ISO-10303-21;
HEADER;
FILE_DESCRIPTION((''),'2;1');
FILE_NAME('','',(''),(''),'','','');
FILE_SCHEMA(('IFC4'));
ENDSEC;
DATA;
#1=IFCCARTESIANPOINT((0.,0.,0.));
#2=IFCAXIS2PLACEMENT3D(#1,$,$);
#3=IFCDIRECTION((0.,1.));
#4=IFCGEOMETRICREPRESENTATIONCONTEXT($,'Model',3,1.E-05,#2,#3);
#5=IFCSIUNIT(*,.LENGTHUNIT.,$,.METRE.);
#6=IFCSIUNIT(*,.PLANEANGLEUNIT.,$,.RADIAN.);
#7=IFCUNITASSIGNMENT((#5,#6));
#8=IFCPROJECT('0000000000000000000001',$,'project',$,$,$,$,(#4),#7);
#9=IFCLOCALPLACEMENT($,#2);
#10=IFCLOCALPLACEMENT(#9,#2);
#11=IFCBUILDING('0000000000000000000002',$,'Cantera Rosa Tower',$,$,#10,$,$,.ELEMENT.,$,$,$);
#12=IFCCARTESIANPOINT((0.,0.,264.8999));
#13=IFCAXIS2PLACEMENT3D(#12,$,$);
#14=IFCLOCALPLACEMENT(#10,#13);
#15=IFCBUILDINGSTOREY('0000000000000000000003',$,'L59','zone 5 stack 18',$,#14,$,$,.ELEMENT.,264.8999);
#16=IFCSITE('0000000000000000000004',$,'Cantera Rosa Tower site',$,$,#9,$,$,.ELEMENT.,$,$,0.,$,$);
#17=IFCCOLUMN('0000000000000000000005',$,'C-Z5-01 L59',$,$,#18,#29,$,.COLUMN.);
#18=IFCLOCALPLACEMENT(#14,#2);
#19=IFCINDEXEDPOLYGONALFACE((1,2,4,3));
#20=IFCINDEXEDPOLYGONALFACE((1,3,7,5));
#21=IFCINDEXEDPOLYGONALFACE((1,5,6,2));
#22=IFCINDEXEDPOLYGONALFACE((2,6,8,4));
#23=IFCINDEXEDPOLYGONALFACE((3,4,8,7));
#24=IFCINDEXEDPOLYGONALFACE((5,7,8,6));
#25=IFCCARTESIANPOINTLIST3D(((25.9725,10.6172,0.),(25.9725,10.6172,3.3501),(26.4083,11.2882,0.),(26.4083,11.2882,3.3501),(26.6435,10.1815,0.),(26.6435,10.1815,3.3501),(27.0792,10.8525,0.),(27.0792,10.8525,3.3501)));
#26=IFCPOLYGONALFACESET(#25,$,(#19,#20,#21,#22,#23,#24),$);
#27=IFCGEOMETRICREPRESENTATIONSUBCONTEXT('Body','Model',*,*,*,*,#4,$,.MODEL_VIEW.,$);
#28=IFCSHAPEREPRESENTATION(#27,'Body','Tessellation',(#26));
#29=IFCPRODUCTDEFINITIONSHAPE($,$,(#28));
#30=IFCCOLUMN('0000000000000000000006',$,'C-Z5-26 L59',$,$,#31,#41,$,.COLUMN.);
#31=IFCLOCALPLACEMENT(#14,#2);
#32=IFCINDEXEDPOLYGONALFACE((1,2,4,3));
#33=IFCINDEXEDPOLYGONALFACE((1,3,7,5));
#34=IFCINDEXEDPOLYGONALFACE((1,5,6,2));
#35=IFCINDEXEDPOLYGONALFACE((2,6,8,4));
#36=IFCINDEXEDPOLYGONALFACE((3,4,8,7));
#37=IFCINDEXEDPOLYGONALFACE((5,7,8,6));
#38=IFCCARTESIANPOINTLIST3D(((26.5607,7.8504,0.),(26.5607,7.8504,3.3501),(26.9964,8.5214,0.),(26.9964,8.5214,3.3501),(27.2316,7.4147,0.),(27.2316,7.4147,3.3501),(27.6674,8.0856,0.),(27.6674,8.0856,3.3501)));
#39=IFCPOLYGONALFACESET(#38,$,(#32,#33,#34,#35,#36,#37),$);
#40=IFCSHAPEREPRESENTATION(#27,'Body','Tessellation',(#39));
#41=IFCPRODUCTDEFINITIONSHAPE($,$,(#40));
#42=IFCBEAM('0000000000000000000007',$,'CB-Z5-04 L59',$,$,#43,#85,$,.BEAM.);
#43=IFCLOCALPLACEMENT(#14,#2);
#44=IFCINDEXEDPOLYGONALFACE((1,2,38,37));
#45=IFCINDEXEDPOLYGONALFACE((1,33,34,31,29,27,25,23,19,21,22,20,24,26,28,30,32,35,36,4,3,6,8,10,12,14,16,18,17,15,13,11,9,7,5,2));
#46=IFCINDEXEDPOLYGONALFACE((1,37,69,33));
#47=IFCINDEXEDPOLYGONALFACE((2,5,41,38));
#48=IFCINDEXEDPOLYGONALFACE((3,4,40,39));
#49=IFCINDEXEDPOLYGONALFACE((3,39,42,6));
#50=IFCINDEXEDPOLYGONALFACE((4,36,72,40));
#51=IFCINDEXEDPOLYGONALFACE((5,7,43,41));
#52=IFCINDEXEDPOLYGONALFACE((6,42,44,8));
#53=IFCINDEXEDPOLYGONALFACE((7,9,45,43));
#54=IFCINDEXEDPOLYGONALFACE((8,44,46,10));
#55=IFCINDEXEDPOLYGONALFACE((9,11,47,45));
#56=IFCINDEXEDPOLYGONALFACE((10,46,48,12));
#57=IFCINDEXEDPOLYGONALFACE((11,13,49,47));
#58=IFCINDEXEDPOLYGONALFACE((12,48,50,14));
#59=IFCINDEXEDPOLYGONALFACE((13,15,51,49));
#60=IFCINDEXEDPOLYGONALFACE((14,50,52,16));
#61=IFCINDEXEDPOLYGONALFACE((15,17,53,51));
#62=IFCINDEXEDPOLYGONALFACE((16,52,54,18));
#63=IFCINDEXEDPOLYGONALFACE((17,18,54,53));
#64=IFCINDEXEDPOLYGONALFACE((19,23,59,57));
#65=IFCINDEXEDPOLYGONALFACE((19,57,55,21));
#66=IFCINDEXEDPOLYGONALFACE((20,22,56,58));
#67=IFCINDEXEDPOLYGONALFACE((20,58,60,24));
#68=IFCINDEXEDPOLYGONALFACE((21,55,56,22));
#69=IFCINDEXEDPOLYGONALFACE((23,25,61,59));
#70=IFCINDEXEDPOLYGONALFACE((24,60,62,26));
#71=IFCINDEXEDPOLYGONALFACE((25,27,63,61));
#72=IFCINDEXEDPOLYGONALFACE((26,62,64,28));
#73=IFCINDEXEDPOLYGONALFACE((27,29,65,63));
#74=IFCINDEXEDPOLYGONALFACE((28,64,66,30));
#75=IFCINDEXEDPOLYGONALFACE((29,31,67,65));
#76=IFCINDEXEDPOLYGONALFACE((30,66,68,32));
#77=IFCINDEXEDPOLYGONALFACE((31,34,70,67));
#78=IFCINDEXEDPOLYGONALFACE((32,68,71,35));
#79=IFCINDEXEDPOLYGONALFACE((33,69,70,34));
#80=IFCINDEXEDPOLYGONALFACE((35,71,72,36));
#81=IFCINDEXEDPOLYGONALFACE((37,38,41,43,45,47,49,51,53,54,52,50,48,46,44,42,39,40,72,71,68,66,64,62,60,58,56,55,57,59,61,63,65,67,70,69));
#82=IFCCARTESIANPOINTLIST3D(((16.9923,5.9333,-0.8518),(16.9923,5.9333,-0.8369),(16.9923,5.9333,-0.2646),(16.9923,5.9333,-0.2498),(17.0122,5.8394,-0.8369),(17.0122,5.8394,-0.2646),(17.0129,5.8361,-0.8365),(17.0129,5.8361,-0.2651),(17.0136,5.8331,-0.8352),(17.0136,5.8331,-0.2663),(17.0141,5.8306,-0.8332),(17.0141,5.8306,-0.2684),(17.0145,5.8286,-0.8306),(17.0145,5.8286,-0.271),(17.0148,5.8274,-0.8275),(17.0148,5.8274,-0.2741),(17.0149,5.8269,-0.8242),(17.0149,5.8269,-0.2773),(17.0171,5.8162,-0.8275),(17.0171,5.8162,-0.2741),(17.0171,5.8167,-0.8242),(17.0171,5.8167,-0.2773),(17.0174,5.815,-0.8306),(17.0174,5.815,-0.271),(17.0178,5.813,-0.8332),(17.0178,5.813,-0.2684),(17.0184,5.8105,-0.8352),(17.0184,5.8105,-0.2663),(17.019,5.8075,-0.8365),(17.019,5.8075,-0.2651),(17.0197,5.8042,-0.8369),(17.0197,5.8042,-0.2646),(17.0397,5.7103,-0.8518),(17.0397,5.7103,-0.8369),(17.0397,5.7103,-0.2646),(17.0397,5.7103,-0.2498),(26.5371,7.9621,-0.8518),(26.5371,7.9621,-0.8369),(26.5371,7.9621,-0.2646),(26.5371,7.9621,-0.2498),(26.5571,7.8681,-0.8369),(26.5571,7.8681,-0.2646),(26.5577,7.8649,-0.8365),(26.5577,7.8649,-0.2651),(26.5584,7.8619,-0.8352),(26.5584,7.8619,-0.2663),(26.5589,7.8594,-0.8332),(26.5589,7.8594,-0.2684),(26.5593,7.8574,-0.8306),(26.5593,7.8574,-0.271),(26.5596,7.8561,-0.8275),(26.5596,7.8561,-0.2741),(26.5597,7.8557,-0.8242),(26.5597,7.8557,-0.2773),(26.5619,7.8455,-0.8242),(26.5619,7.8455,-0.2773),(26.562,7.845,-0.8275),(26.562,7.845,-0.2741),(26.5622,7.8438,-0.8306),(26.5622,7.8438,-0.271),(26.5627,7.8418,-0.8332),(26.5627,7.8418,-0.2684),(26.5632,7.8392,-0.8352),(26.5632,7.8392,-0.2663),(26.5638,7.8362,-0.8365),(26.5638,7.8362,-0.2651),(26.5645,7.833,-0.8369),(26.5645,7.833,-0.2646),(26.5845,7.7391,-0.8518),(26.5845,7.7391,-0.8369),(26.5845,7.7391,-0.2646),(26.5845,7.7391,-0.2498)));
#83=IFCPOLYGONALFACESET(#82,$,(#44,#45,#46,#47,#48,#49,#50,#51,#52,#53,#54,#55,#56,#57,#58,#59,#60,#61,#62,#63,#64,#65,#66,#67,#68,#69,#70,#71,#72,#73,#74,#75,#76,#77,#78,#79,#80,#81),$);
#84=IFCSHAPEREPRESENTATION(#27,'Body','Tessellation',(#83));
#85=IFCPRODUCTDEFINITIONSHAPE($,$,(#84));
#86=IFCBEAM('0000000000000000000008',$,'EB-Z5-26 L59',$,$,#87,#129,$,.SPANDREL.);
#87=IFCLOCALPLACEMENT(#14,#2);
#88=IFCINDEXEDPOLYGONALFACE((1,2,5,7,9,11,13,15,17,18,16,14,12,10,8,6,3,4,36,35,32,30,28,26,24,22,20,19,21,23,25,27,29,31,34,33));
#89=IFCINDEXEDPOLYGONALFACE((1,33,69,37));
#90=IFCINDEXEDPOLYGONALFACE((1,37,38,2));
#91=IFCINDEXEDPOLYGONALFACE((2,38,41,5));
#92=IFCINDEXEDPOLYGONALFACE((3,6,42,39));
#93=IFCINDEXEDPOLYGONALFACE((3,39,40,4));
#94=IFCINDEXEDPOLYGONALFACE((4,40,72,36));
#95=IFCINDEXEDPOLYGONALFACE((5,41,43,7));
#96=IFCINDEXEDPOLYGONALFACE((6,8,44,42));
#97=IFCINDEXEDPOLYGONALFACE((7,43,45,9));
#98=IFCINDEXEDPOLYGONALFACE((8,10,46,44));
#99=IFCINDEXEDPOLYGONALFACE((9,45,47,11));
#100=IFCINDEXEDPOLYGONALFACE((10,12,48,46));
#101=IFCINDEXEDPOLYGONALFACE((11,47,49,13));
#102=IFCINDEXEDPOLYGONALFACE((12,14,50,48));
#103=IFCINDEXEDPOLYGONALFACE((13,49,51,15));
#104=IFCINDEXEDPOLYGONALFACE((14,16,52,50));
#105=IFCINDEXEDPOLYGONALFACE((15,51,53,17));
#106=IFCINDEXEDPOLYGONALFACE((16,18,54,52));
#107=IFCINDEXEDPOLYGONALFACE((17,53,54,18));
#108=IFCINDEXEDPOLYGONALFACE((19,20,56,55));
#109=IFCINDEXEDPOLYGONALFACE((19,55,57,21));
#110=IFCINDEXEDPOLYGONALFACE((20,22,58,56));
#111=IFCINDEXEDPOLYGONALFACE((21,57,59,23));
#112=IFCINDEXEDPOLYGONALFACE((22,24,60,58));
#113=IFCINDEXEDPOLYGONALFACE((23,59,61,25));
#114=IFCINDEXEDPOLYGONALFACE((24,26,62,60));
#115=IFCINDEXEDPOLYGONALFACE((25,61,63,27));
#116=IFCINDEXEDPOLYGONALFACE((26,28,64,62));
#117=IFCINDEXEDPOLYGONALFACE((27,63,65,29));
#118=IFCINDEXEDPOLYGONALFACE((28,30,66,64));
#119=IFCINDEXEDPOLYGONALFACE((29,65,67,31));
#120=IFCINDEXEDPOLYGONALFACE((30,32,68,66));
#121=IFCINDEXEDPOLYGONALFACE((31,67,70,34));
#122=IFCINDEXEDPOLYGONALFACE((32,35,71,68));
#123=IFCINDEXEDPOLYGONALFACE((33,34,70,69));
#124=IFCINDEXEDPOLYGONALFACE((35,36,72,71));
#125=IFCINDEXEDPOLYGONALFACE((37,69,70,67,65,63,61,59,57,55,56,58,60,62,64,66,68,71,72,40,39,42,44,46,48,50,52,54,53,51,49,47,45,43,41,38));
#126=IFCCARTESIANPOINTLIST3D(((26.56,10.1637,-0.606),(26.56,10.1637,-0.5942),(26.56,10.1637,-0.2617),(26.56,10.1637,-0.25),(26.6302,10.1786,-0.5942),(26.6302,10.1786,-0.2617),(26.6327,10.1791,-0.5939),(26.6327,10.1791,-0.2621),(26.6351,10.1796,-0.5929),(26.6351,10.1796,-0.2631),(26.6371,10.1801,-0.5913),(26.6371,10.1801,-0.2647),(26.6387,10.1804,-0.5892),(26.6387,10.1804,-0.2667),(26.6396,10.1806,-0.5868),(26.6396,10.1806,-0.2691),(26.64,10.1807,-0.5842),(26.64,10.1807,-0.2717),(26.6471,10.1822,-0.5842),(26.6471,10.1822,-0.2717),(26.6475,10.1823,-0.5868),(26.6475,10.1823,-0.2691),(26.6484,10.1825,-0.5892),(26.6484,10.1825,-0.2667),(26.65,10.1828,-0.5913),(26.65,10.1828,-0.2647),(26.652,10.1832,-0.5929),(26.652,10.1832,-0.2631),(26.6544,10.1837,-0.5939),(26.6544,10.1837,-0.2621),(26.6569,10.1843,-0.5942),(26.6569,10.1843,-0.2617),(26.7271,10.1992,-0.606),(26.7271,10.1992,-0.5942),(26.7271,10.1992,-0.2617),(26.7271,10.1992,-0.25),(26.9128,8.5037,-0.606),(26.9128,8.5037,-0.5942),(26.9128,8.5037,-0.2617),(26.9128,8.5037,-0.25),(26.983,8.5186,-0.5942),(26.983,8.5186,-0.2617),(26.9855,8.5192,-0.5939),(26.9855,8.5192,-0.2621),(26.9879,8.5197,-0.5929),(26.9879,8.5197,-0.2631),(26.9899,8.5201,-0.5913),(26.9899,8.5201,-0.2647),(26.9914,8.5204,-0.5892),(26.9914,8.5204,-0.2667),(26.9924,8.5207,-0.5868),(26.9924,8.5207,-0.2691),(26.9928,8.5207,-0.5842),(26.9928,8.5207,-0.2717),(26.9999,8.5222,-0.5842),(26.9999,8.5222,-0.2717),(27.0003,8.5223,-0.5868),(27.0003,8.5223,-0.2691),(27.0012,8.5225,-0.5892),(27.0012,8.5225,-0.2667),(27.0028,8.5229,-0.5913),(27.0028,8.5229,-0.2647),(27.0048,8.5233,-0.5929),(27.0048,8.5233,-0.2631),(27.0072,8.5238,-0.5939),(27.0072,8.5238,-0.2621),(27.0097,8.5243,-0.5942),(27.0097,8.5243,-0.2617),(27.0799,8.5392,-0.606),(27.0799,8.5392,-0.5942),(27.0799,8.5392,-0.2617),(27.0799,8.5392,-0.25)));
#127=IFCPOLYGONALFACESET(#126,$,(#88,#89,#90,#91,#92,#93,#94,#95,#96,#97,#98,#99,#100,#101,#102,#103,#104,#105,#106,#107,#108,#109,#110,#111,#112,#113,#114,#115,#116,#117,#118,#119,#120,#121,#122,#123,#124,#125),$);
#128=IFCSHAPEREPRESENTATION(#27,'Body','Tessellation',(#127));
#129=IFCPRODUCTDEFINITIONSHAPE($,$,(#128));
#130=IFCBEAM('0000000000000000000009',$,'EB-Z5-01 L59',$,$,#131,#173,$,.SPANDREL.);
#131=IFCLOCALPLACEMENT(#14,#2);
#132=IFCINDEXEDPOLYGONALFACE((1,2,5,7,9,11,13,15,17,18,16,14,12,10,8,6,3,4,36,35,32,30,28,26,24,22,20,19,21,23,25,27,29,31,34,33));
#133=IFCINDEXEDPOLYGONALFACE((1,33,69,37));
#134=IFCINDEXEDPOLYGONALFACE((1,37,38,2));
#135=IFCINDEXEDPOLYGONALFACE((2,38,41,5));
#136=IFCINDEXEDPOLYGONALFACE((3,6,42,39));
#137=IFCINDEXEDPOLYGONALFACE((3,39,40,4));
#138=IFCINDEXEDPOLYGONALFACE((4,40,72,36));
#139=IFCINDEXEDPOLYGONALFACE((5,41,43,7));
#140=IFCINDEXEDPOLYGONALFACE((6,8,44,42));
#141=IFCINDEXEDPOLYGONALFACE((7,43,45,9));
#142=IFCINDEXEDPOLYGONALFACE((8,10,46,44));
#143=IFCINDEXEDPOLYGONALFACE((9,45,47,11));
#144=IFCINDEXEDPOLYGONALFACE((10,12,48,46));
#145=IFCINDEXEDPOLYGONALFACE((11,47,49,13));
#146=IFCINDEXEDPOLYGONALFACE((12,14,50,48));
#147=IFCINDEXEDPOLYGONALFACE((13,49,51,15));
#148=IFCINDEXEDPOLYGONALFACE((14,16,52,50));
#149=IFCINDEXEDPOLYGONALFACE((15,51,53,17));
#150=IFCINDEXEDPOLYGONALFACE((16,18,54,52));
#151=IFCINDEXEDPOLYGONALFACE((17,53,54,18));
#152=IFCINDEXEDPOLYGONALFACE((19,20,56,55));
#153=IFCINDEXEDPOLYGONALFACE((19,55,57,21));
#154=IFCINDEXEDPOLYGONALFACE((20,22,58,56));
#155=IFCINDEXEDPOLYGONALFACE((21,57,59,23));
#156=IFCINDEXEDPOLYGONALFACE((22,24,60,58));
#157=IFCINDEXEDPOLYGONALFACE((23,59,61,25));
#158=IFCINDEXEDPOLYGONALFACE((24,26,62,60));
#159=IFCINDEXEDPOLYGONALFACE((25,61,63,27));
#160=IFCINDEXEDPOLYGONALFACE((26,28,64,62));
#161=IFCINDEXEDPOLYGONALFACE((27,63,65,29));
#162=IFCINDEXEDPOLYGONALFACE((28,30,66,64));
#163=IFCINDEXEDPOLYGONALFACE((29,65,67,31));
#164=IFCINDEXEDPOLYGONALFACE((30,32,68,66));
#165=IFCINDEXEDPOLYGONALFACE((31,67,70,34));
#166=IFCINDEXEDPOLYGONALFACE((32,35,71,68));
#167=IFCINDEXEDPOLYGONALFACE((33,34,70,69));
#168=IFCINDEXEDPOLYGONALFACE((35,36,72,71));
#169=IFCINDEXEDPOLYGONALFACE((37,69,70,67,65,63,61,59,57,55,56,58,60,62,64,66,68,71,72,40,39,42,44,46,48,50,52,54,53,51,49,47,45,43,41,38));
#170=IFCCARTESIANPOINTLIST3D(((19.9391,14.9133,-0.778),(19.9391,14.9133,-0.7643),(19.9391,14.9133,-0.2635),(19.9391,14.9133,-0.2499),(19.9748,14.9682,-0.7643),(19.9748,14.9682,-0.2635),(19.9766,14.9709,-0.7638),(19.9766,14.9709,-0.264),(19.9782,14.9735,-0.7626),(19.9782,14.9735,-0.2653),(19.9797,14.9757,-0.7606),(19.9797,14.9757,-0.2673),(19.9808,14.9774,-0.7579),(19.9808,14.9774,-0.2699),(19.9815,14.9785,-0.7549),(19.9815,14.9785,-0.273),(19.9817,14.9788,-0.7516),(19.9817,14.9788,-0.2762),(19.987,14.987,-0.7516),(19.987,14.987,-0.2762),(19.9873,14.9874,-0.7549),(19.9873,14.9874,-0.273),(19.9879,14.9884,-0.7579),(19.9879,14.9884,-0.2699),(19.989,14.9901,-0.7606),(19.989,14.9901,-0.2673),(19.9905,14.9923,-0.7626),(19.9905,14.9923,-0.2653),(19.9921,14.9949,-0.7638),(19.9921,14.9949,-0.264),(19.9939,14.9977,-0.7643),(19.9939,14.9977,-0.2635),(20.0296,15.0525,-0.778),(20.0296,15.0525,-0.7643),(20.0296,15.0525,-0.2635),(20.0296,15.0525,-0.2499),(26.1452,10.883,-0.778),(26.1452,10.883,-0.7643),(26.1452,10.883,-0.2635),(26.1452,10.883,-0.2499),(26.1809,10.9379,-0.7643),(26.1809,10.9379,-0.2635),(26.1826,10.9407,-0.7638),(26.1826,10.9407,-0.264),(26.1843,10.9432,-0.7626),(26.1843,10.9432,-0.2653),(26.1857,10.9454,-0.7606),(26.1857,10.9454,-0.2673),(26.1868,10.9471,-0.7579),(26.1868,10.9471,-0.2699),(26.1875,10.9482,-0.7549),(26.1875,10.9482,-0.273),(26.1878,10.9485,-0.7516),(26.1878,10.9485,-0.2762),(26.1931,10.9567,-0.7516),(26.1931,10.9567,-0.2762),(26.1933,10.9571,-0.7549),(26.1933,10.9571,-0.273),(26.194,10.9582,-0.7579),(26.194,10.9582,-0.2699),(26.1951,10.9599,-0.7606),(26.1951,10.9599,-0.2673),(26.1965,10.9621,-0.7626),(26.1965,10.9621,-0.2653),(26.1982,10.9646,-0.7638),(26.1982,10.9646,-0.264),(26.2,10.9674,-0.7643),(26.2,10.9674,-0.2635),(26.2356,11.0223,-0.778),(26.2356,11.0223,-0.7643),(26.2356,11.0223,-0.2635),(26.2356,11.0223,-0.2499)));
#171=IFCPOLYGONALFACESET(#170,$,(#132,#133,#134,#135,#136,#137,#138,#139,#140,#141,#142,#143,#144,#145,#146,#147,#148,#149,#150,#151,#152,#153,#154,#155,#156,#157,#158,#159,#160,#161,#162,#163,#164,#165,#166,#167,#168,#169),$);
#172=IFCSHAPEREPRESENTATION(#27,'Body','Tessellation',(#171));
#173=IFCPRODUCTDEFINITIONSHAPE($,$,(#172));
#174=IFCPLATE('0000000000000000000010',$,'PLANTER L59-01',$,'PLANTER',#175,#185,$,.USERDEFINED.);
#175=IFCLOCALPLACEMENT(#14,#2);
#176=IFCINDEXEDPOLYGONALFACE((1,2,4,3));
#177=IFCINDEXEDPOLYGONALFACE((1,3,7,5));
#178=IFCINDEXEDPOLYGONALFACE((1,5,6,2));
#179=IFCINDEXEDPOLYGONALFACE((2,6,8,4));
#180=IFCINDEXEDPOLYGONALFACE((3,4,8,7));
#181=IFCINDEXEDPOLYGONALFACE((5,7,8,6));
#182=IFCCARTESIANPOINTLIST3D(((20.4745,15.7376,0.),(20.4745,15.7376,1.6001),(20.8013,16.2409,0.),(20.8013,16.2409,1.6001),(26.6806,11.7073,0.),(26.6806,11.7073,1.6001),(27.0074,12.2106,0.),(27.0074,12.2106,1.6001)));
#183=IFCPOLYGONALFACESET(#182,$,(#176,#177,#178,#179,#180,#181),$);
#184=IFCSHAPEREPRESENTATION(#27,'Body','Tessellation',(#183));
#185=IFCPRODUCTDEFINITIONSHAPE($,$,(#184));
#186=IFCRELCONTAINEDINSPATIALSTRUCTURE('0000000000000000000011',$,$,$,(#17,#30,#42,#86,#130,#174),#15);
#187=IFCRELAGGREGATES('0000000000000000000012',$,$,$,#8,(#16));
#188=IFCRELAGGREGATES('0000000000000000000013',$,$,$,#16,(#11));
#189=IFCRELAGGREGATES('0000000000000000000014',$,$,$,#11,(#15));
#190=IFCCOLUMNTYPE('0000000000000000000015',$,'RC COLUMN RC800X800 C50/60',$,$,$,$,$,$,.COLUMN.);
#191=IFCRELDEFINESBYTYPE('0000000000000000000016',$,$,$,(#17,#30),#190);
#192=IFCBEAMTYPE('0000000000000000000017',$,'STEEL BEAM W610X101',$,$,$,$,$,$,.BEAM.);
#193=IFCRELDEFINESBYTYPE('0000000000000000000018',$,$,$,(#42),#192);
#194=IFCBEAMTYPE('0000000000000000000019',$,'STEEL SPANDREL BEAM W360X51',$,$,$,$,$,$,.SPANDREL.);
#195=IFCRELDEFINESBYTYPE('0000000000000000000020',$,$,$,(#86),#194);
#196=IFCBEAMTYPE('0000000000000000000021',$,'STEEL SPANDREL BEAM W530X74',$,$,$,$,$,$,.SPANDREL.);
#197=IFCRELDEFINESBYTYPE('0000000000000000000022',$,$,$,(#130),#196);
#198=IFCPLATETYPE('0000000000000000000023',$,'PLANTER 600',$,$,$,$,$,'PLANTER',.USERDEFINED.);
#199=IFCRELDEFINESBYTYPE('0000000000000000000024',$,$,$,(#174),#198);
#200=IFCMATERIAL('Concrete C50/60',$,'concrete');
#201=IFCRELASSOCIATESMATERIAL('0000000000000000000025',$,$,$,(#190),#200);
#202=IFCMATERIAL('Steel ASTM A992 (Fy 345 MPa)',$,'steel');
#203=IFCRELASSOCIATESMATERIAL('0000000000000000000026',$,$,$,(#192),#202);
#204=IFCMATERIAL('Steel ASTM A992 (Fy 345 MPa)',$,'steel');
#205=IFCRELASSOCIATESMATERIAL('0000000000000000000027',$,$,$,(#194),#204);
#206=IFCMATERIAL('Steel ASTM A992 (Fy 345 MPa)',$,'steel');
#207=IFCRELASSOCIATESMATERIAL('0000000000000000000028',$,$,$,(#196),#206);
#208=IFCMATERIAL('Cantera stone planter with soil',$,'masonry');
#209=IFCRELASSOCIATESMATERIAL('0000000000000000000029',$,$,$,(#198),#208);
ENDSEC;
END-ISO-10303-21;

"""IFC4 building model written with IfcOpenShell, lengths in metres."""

from ifc_helpers import new_model, si_unit, direction, frame, origin, origin_2d, place, context, subcontext, project, spatial, rectangle, i_section, extrude, material, material_profile, profile_set, type_object, element, save


model = new_model("IFC4")

# Units and contexts
model_context = context("Model", 3, precision=1e-05, world=origin(), true_north=direction((0.0, 1.0)))
body_context = subcontext(model_context, "Body", "Model", "MODEL_VIEW")
ifc_project = project(units=[si_unit("LENGTHUNIT", "METRE"), si_unit("PLANEANGLEUNIT", "RADIAN")], contexts=[model_context])

# Site, building, storey
site_placement = place(None, origin())
site = spatial("IfcSite", under=ifc_project, at=site_placement, Name="Cantera Rosa Tower site", CompositionType="ELEMENT", RefElevation=0.0)
building_placement = place(site_placement, origin())
building = spatial("IfcBuilding", under=site, at=building_placement, Name="Cantera Rosa Tower", CompositionType="ELEMENT")
storey_placement = place(building_placement, frame((0.0, 0.0, 264.8999)))
storey = spatial("IfcBuildingStorey", under=building, at=storey_placement, Name="L59", Description="zone 5 stack 18", CompositionType="ELEMENT", Elevation=264.8999)

# Columns
ifc_material_1 = material(Name="Concrete C50/60", Category="concrete")
ifc_material_profile_1 = material_profile(ifc_material_1, rectangle(XDim=0.8, YDim=0.8, at=origin_2d()), Name="RC COLUMN RC800X800 C50/60")
ifc_profile_set_1 = profile_set([ifc_material_profile_1], Name="Concrete C50/60")
column_type = type_object("IfcColumnType", Name="RC COLUMN RC800X800 C50/60", PredefinedType="COLUMN", material=ifc_profile_set_1)
for number, where, z_axis, x_axis, name in (
    (1, (26.5259, 10.7349, 0.0), (0.0, 0.0, 1.0), (0.544639, 0.838671, 0.0), "C-Z5-01 L59"),
    (2, (27.114, 7.968, 0.0), (0.0, 0.0, 1.0), (0.544639, 0.838671, 0.0), "C-Z5-26 L59"),
):
    element("IfcColumn", number, at=place(storey_placement, frame(where, z_axis=z_axis, x_axis=x_axis)), inside=storey, type_object=column_type, Name=name, PredefinedType="COLUMN", context=body_context, shape_type="SweptSolid", body=[
        extrude(rectangle(XDim=0.8, YDim=0.8, at=origin_2d()), origin(), (0.0, 0.0, 1.0), 3.3501),
    ])

# Beams
ifc_material_2 = material(Name="Steel ASTM A992 (Fy 345 MPa)", Category="steel")
ifc_material_profile_2 = material_profile(ifc_material_2, i_section(OverallWidth=0.228, OverallDepth=0.6021, WebThickness=0.0105, FlangeThickness=0.0149, FilletRadius=0.0127, at=origin_2d()), Name="W610X101")
ifc_profile_set_2 = profile_set([ifc_material_profile_2], Name="Steel ASTM A992 (Fy 345 MPa)")
beam_type_1 = type_object("IfcBeamType", Name="STEEL BEAM W610X101", PredefinedType="BEAM", material=ifc_profile_set_2)
beam_1_placement = place(storey_placement, frame((26.5608, 7.8506, -0.5508), z_axis=(-0.978148, -0.207909, 0.0), x_axis=(0.207909, -0.978148, 0.0)))
element("IfcBeam", 3, at=beam_1_placement, inside=storey, type_object=beam_type_1, Name="CB-Z5-04 L59", PredefinedType="BEAM", context=body_context, shape_type="SweptSolid", body=[
    extrude(i_section(OverallWidth=0.228, OverallDepth=0.6021, WebThickness=0.0105, FlangeThickness=0.0149, FilletRadius=0.0127, at=origin_2d()), origin(), (0.0, 0.0, 1.0), 9.7581),
])
ifc_material_3 = material(Name="Steel ASTM A992 (Fy 345 MPa)", Category="steel")
ifc_material_profile_3 = material_profile(ifc_material_3, i_section(OverallWidth=0.1709, OverallDepth=0.356, WebThickness=0.0073, FlangeThickness=0.0117, FilletRadius=0.01, at=origin_2d()), Name="W360X51")
ifc_profile_set_3 = profile_set([ifc_material_profile_3], Name="Steel ASTM A992 (Fy 345 MPa)")
beam_type_2 = type_object("IfcBeamType", Name="STEEL SPANDREL BEAM W360X51", PredefinedType="SPANDREL", material=ifc_profile_set_3)
beam_2_placement = place(storey_placement, frame((26.9963, 8.5215, -0.428), z_axis=(-0.207888, 0.978153, 0.0), x_axis=(-0.978153, -0.207888, 0.0)))
element("IfcBeam", 4, at=beam_2_placement, inside=storey, type_object=beam_type_2, Name="EB-Z5-26 L59", PredefinedType="SPANDREL", context=body_context, shape_type="SweptSolid", body=[
    extrude(i_section(OverallWidth=0.1709, OverallDepth=0.356, WebThickness=0.0073, FlangeThickness=0.0117, FilletRadius=0.01, at=origin_2d()), origin(), (0.0, 0.0, 1.0), 1.697),
])
ifc_material_4 = material(Name="Steel ASTM A992 (Fy 345 MPa)", Category="steel")
ifc_material_profile_4 = material_profile(ifc_material_4, i_section(OverallWidth=0.166, OverallDepth=0.5281, WebThickness=0.0098, FlangeThickness=0.0137, FilletRadius=0.0127, at=origin_2d()), Name="W530X74")
ifc_profile_set_4 = profile_set([ifc_material_profile_4], Name="Steel ASTM A992 (Fy 345 MPa)")
beam_type_3 = type_object("IfcBeamType", Name="STEEL SPANDREL BEAM W530X74", PredefinedType="SPANDREL", material=ifc_profile_set_4)
beam_3_placement = place(storey_placement, frame((26.1904, 10.9526, -0.5139), z_axis=(-0.83867, 0.54464, 0.0), x_axis=(-0.54464, -0.83867, 0.0)))
element("IfcBeam", 5, at=beam_3_placement, inside=storey, type_object=beam_type_3, Name="EB-Z5-01 L59", PredefinedType="SPANDREL", context=body_context, shape_type="SweptSolid", body=[
    extrude(i_section(OverallWidth=0.166, OverallDepth=0.5281, WebThickness=0.0098, FlangeThickness=0.0137, FilletRadius=0.0127, at=origin_2d()), origin(), (0.0, 0.0, 1.0), 7.3999),
])

# Plate
ifc_material_5 = material(Name="Cantera stone planter with soil", Category="masonry")
plate_type = type_object("IfcPlateType", Name="PLANTER 600", ElementType="PLANTER", PredefinedType="USERDEFINED", material=ifc_material_5)
plate_placement = place(storey_placement, frame((23.741, 13.9741, 0.0), z_axis=(0.0, 0.0, 1.0), x_axis=(-0.838671, 0.544639, 0.0)))
element("IfcPlate", 6, at=plate_placement, inside=storey, type_object=plate_type, Name="PLANTER L59-01", ObjectType="PLANTER", PredefinedType="USERDEFINED", context=body_context, shape_type="SweptSolid", body=[
    extrude(rectangle(XDim=7.3999, YDim=0.6001, at=origin_2d()), origin(), (0.0, 0.0, 1.0), 1.6001),
])

save(model, "model.ifc")
